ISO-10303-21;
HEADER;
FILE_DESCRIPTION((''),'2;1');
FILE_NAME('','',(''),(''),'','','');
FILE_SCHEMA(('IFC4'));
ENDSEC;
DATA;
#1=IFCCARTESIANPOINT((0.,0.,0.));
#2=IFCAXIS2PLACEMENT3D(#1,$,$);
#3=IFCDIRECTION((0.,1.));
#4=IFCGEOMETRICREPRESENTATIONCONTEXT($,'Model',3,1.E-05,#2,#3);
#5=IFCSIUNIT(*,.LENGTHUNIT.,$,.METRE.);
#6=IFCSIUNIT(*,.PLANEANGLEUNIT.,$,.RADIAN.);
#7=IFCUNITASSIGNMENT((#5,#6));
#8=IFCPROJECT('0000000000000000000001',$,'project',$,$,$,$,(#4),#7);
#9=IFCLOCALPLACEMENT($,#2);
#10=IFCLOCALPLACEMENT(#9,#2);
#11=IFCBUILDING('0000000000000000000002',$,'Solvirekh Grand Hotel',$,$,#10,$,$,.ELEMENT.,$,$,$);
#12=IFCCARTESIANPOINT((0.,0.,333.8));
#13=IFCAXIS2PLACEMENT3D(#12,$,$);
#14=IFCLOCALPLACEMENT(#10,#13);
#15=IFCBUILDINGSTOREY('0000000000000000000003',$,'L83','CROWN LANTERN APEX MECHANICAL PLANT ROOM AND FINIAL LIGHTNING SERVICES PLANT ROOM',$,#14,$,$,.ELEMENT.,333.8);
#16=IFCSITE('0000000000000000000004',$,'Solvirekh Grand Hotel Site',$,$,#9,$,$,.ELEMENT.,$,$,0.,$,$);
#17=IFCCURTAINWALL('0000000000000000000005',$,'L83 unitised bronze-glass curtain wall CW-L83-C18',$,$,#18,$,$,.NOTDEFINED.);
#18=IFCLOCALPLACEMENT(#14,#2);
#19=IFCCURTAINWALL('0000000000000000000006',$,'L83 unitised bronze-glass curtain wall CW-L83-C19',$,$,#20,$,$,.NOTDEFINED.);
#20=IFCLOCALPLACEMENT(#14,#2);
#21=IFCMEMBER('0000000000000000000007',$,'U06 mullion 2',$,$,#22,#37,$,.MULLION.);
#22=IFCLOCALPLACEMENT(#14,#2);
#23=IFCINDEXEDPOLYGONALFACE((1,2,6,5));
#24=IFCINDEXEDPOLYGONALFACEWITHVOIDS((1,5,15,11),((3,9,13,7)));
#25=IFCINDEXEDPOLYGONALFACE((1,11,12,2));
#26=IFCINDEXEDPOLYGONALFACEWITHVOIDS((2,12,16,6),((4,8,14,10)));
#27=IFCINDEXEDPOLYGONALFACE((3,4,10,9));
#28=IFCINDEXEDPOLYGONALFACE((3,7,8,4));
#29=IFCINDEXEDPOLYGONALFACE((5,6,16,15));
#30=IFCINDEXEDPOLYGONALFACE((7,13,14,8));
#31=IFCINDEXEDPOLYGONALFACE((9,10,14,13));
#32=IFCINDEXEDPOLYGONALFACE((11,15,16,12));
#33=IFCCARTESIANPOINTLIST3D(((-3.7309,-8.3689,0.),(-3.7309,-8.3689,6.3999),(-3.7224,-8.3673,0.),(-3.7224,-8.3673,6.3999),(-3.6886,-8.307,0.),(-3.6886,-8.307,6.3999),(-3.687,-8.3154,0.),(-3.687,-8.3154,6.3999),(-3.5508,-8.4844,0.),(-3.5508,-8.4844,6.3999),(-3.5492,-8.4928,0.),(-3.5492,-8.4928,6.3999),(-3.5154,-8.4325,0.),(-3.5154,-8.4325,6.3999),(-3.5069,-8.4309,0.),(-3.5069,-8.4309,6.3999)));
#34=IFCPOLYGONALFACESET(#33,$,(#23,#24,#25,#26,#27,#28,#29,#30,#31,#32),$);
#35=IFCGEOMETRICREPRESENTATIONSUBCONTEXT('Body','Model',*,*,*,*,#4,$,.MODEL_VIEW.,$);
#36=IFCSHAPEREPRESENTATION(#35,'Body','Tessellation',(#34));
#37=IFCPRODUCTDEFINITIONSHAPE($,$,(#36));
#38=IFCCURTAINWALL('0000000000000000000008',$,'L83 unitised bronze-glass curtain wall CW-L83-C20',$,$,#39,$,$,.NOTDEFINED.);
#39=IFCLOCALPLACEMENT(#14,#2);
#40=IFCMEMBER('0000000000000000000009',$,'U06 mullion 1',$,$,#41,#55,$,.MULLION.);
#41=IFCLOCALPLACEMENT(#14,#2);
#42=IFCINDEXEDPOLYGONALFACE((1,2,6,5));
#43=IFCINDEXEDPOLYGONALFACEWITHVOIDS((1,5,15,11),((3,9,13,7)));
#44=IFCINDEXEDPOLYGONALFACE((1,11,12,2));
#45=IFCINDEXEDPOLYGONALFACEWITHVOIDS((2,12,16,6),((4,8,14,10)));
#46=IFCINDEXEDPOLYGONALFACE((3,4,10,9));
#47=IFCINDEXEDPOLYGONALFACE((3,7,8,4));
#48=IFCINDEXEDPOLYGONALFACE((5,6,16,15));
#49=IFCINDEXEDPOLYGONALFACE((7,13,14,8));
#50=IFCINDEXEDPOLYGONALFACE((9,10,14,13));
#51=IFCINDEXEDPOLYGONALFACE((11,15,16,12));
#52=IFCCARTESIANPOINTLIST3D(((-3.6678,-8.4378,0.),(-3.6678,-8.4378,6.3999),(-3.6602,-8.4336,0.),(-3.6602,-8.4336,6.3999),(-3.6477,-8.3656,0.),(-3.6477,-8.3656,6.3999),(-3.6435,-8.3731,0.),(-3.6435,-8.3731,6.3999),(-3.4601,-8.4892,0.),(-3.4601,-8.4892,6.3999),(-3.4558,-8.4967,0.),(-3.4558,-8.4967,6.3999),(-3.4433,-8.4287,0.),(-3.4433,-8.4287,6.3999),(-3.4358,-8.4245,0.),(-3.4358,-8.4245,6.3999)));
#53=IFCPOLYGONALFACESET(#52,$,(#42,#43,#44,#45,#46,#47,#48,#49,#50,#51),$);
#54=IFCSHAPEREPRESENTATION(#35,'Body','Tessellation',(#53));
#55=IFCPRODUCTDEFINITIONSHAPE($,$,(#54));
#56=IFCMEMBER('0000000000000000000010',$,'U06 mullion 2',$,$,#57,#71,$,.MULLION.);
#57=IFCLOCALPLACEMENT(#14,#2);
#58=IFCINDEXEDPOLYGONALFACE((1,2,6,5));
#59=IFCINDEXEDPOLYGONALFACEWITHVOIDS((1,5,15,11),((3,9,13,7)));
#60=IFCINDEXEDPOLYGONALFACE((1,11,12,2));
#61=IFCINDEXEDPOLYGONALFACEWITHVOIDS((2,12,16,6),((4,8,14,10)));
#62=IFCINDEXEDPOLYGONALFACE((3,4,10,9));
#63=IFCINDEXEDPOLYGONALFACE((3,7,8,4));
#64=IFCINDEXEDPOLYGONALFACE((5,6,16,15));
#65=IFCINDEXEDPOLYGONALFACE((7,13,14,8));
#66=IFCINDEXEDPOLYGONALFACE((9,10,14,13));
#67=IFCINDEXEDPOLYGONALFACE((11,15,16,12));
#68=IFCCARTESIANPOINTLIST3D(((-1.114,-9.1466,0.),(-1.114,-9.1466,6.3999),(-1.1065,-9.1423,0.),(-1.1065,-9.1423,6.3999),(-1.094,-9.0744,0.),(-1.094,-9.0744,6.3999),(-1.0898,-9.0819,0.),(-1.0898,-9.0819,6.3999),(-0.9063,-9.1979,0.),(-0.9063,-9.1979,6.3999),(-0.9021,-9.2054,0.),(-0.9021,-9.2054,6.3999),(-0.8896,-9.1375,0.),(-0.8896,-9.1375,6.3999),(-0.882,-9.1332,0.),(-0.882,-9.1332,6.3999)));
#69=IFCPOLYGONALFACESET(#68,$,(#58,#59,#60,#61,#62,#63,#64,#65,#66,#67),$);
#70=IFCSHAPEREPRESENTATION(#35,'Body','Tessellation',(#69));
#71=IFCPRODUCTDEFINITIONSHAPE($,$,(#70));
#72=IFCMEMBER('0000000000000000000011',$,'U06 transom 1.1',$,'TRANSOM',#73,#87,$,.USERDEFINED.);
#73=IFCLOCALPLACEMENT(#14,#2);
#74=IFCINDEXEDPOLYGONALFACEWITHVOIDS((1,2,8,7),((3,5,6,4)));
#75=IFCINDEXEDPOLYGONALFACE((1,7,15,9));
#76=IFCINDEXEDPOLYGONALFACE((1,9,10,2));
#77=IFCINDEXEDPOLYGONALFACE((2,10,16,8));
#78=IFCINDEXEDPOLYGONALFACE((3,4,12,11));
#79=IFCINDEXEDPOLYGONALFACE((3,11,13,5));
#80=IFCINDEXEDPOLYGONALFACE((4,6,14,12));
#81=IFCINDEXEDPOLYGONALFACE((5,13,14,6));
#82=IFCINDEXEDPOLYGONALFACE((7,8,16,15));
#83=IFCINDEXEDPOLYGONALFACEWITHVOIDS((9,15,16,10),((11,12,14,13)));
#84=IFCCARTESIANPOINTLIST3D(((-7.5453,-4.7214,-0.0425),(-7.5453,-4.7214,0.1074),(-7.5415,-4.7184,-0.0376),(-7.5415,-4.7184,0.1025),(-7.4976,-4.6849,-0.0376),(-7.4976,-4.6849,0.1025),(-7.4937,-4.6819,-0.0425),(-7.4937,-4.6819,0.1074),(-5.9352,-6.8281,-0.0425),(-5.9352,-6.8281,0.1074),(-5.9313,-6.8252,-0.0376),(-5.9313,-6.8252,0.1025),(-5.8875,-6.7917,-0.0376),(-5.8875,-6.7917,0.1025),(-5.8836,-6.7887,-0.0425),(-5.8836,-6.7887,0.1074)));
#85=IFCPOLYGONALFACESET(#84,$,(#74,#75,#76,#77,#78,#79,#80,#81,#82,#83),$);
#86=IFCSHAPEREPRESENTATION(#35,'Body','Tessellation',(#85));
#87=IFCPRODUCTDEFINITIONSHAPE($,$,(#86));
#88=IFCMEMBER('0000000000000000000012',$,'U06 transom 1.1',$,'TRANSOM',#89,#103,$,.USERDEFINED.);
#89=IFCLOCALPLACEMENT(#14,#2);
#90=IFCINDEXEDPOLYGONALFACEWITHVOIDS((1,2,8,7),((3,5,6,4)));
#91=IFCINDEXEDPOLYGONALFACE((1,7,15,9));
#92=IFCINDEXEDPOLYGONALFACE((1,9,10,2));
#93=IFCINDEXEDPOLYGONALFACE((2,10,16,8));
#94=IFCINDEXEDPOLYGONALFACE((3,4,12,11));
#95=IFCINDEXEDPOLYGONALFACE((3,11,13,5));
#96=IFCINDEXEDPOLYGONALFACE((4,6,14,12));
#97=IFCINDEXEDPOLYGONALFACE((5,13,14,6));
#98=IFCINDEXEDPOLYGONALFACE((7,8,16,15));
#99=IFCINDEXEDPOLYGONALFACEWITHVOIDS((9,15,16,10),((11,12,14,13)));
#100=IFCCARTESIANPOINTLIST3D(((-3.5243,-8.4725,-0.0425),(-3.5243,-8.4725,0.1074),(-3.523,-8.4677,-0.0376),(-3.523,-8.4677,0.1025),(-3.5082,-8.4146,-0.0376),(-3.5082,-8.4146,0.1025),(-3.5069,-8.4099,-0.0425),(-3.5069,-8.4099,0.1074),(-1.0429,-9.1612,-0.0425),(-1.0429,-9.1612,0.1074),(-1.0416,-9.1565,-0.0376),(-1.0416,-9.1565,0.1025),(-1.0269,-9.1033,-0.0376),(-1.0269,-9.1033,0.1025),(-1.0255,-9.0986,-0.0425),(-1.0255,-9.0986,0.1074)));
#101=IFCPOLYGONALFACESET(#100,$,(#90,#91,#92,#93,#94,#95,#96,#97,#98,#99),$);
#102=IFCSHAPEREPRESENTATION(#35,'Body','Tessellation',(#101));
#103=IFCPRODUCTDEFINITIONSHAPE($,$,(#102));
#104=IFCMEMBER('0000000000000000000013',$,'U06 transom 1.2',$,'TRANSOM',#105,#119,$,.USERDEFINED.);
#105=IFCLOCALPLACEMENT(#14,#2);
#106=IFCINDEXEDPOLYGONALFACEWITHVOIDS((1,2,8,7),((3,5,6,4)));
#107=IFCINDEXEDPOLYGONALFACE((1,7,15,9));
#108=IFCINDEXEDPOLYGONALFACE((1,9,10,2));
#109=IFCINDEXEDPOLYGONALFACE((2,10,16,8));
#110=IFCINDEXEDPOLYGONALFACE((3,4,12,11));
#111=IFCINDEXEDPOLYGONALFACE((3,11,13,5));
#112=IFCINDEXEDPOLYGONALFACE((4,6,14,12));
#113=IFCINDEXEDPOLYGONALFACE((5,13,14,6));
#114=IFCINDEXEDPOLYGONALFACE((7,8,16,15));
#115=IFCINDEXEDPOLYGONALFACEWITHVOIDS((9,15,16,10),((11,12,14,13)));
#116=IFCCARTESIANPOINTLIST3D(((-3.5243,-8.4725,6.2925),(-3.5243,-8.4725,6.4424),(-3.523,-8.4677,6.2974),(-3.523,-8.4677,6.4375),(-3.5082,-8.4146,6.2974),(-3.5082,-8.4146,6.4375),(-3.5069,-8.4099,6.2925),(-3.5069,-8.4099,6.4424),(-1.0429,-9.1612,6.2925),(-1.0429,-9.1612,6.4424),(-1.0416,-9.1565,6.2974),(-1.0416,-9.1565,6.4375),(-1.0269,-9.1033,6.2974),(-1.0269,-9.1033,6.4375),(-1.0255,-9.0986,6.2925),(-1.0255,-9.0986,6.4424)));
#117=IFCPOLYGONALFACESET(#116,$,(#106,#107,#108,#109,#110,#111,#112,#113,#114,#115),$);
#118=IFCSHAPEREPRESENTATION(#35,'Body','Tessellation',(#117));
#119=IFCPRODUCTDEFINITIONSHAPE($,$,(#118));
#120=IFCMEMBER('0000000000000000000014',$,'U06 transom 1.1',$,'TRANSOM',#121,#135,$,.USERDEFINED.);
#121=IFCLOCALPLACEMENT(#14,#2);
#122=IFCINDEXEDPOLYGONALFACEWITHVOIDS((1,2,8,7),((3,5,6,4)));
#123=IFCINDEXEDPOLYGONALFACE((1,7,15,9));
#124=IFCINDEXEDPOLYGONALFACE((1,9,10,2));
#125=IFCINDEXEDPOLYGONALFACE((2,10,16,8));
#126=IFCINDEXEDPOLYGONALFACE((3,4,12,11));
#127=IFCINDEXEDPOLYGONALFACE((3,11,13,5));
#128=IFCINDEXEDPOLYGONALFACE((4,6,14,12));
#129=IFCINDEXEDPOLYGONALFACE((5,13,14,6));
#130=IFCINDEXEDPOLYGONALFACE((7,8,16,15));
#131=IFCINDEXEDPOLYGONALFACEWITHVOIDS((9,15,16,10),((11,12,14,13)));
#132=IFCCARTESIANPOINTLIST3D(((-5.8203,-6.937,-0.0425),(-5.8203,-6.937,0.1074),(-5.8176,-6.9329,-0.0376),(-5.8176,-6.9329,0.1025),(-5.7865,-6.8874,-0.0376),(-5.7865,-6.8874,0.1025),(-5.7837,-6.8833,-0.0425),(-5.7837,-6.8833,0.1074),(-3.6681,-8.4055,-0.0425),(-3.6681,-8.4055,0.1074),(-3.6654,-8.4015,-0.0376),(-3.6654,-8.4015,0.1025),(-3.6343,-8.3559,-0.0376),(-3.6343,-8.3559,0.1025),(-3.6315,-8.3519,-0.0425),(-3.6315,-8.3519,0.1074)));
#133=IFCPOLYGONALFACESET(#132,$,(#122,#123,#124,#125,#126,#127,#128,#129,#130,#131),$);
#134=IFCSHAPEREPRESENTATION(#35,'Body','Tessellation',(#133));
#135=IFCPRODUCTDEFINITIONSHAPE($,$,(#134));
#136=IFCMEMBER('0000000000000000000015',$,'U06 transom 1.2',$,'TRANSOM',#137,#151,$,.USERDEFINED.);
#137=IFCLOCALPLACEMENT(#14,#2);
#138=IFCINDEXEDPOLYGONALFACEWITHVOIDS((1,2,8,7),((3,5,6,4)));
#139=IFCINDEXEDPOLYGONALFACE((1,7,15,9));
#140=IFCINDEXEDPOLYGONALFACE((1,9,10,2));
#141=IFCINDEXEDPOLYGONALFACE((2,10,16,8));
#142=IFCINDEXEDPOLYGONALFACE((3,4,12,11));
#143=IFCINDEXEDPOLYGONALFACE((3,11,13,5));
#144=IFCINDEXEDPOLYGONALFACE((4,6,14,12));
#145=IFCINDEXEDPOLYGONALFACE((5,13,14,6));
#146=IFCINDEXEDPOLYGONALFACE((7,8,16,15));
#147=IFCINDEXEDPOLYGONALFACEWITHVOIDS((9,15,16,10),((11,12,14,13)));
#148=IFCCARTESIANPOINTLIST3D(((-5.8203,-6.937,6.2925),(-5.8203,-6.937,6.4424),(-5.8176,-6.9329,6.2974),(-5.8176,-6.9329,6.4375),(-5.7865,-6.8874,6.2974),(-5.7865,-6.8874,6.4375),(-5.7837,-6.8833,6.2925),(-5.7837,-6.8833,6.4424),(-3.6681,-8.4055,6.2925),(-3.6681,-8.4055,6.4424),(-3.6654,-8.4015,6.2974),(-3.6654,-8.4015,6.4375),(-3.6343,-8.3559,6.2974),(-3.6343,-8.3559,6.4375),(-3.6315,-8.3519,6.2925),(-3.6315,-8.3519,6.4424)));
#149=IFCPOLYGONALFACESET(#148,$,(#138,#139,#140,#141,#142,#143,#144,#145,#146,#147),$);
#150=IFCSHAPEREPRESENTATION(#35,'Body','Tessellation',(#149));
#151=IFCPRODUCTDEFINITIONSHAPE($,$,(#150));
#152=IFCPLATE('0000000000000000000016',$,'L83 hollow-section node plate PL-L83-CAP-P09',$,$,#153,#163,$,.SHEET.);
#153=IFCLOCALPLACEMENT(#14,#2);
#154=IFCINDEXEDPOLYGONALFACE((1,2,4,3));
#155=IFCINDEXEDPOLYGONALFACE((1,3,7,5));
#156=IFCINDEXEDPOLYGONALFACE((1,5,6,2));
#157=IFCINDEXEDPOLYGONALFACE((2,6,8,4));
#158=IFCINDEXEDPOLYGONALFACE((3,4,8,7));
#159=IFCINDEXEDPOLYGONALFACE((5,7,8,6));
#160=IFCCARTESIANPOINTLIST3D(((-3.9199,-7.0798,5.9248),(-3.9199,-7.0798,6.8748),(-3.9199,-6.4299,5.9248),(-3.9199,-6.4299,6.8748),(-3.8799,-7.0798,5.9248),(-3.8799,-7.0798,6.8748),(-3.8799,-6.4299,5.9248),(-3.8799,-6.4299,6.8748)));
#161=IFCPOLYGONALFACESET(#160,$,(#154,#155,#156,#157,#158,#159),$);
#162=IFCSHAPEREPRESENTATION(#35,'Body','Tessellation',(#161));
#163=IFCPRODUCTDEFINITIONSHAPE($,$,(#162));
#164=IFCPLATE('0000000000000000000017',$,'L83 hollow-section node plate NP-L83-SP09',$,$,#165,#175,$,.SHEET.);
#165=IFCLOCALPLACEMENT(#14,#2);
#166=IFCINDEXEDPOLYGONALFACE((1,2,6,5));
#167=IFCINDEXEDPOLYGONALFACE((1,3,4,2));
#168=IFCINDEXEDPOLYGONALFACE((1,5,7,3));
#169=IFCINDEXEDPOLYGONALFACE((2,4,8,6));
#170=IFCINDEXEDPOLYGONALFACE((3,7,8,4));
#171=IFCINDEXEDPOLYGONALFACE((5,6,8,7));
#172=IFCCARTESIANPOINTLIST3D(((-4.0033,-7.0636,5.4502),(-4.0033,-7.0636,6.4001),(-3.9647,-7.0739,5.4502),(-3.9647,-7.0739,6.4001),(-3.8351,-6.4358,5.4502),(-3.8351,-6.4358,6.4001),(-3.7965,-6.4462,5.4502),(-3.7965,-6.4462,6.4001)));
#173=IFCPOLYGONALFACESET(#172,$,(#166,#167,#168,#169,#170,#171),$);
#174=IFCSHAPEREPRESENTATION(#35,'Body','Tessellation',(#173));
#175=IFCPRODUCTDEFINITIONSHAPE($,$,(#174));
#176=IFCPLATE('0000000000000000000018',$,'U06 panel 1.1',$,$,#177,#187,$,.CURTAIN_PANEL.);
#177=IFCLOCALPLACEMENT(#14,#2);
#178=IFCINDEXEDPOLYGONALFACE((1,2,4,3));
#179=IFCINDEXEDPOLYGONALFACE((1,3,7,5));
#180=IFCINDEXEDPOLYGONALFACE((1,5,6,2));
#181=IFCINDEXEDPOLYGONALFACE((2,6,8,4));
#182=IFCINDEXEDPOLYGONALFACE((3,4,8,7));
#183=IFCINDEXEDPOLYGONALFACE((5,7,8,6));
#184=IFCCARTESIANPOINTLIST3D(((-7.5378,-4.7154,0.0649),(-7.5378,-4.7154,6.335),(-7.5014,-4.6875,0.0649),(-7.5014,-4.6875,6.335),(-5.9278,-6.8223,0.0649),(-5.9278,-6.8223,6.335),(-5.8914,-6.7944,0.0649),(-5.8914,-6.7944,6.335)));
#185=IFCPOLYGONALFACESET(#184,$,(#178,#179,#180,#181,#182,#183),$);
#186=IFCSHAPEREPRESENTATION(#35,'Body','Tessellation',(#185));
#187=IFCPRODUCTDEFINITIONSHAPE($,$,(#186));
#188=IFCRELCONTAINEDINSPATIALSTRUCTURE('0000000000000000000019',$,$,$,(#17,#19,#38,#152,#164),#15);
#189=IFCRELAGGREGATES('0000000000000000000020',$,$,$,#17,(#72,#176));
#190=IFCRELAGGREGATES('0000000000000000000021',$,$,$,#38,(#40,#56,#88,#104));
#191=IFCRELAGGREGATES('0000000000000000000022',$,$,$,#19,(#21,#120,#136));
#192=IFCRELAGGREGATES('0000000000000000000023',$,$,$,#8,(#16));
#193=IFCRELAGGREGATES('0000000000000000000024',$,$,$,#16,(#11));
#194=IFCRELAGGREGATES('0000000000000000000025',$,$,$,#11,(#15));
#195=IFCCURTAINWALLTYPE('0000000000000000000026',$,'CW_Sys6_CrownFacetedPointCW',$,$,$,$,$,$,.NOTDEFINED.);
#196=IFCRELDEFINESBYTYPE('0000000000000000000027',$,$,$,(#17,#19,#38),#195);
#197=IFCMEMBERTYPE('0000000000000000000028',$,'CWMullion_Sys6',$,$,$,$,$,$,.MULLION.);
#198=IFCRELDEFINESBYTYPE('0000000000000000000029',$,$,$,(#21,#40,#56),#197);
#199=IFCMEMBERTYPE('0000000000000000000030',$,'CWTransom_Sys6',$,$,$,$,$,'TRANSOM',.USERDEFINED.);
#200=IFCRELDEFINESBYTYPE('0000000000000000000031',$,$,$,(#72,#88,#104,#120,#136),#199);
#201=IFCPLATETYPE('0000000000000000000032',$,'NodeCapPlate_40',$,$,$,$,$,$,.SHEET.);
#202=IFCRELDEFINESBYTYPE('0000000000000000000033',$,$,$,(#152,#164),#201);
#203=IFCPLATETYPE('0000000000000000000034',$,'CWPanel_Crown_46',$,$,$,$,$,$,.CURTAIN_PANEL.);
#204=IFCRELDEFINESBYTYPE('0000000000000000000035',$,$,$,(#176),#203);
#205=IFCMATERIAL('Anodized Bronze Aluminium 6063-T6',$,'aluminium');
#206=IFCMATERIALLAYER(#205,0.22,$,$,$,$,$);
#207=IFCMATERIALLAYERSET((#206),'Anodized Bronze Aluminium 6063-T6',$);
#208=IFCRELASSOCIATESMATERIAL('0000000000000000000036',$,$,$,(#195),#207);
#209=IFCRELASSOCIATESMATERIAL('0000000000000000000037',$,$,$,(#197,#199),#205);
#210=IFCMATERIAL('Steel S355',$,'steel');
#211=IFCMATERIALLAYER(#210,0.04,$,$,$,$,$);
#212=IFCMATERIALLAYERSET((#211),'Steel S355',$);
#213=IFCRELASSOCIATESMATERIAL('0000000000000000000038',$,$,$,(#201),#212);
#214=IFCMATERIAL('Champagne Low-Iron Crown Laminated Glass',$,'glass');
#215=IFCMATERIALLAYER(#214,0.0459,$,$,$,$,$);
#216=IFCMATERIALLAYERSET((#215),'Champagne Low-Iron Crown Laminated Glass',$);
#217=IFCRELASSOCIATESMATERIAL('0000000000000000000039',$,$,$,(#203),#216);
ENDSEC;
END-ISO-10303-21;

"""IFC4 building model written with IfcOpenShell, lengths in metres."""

from ifc_helpers import new_model, si_unit, direction, frame, origin, origin_2d, place, context, subcontext, project, spatial, rectangle, hollow_rectangle, extrude, source, transform, mapped, material, layer, layer_set, material_profile, profile_set, type_object, element, aggregate, save


model = new_model("IFC4")

# Units and contexts
model_context = context("Model", 3, precision=1e-05, world=origin(), true_north=direction((0.0, 1.0)))
body_context = subcontext(model_context, "Body", "Model", "MODEL_VIEW")
ifc_project = project(units=[si_unit("LENGTHUNIT", "METRE"), si_unit("PLANEANGLEUNIT", "RADIAN")], contexts=[model_context])

# Site, building, storey
site_placement = place(None, origin())
site = spatial("IfcSite", under=ifc_project, at=site_placement, Name="Solvirekh Grand Hotel Site", CompositionType="ELEMENT", RefElevation=0.0)
building_placement = place(site_placement, origin())
building = spatial("IfcBuilding", under=site, at=building_placement, Name="Solvirekh Grand Hotel", CompositionType="ELEMENT")
storey_placement = place(building_placement, frame((0.0, 0.0, 333.8)))
storey = spatial("IfcBuildingStorey", under=building, at=storey_placement, Name="L83", Description="CROWN LANTERN APEX MECHANICAL PLANT ROOM AND FINIAL LIGHTNING SERVICES PLANT ROOM", CompositionType="ELEMENT", Elevation=333.8)

# Shared definitions
ifc_material_1 = material(Name="Steel S355", Category="steel")

# Curtain wall
ifc_material_2 = material(Name="Anodized Bronze Aluminium 6063-T6", Category="aluminium")
ifc_layer_1 = layer(ifc_material_2, 0.22)
ifc_layer_set_1 = layer_set([ifc_layer_1], Name="Anodized Bronze Aluminium 6063-T6")
curtain_wall_type = type_object("IfcCurtainWallType", Name="CW_Sys6_CrownFacetedPointCW", PredefinedType="NOTDEFINED", material=ifc_layer_set_1)
ifc_material_profile_1 = material_profile(ifc_material_2, hollow_rectangle(XDim=0.075, YDim=0.22, WallThickness=0.0061, at=origin_2d()), Name="ALU RHS 220X75X6")
ifc_profile_set_1 = profile_set([ifc_material_profile_1], Name="Anodized Bronze Aluminium 6063-T6")
member_type_1 = type_object("IfcMemberType", Name="CWMullion_Sys6", PredefinedType="MULLION", material=ifc_profile_set_1)
shared_shape_1 = source(origin(), body_context, "Body", "SweptSolid", [
    extrude(hollow_rectangle(XDim=0.075, YDim=0.22, WallThickness=0.0061, at=origin_2d()), origin(), (0.0, 0.0, 1.0), 6.3999),
])
curtain_wall_1_placement = place(storey_placement, origin())
curtain_wall_1 = element("IfcCurtainWall", 1, at=curtain_wall_1_placement, inside=storey, type_object=curtain_wall_type, Name="L83 unitised bronze-glass curtain wall CW-L83-C18", PredefinedType="NOTDEFINED")

# Curtain walls, members
curtain_wall_2_placement = place(storey_placement, origin())
curtain_wall_2 = element("IfcCurtainWall", 2, at=curtain_wall_2_placement, inside=storey, type_object=curtain_wall_type, Name="L83 unitised bronze-glass curtain wall CW-L83-C19", PredefinedType="NOTDEFINED")
member_1_placement = place(storey_placement, frame((-3.6189, -8.3999, 0.0), z_axis=(0.0, 0.0, 1.0), x_axis=(0.56363, 0.826028, 0.0)))
member_1 = element("IfcMember", 3, at=member_1_placement, type_object=member_type_1, Name="U06 mullion 2", PredefinedType="MULLION", context=body_context, shape_type="MappedRepresentation", body=[
    mapped(shared_shape_1, transform((0.0, 0.0, 0.0), x_axis=(1.0, 0.0, 0.0), y_axis=(0.0, 1.0, 0.0), z_axis=(0.0, 0.0, 1.0), scale=1.0)),
])
curtain_wall_3_placement = place(storey_placement, origin())
curtain_wall_3 = element("IfcCurtainWall", 4, at=curtain_wall_3_placement, inside=storey, type_object=curtain_wall_type, Name="L83 unitised bronze-glass curtain wall CW-L83-C20", PredefinedType="NOTDEFINED")
member_2_placement = place(storey_placement, frame((-3.5518, -8.4312, 0.0), z_axis=(0.0, 0.0, 1.0), x_axis=(0.267492, 0.96356, 0.0)))
member_2 = element("IfcMember", 5, at=member_2_placement, type_object=member_type_1, Name="U06 mullion 1", PredefinedType="MULLION", context=body_context, shape_type="MappedRepresentation", body=[
    mapped(shared_shape_1, transform((0.0, 0.0, 0.0), x_axis=(1.0, 0.0, 0.0), y_axis=(0.0, 1.0, 0.0), z_axis=(0.0, 0.0, 1.0), scale=1.0)),
])
member_3_placement = place(storey_placement, frame((-0.998, -9.1399, 0.0), z_axis=(0.0, 0.0, 1.0), x_axis=(0.267492, 0.96356, 0.0)))
member_3 = element("IfcMember", 6, at=member_3_placement, type_object=member_type_1, Name="U06 mullion 2", PredefinedType="MULLION", context=body_context, shape_type="MappedRepresentation", body=[
    mapped(shared_shape_1, transform((0.0, 0.0, 0.0), x_axis=(1.0, 0.0, 0.0), y_axis=(0.0, 1.0, 0.0), z_axis=(0.0, 0.0, 1.0), scale=1.0)),
])

# Members
ifc_material_profile_2 = material_profile(ifc_material_2, hollow_rectangle(XDim=0.0649, YDim=0.1499, WallThickness=0.0049, at=origin_2d()), Name="ALU RHS 150X65X5")
ifc_profile_set_2 = profile_set([ifc_material_profile_2], Name="Anodized Bronze Aluminium 6063-T6")
member_type_2 = type_object("IfcMemberType", Name="CWTransom_Sys6", ElementType="TRANSOM", PredefinedType="USERDEFINED", material=ifc_profile_set_2)
shared_shape_2 = source(origin(), body_context, "Body", "SweptSolid", [
    extrude(hollow_rectangle(XDim=0.0649, YDim=0.1499, WallThickness=0.0049, at=origin_2d()), origin(), (0.0, 0.0, 1.0), 2.6516),
])
member_4_placement = place(storey_placement, frame((-7.5195, -4.7017, 0.0325), z_axis=(0.607238, -0.79452, 0.0), x_axis=(0.79452, 0.607238, 0.0)))
member_4 = element("IfcMember", 7, at=member_4_placement, type_object=member_type_2, Name="U06 transom 1.1", ObjectType="TRANSOM", PredefinedType="USERDEFINED", context=body_context, shape_type="MappedRepresentation", body=[
    mapped(shared_shape_2, transform((0.0, 0.0, 0.0), x_axis=(1.0, 0.0, 0.0), y_axis=(0.0, 1.0, 0.0), z_axis=(0.0, 0.0, 1.0), scale=1.0)),
])
shared_shape_3 = source(origin(), body_context, "Body", "SweptSolid", [
    extrude(hollow_rectangle(XDim=0.0649, YDim=0.1499, WallThickness=0.0049, at=origin_2d()), origin(), (0.0, 0.0, 1.0), 2.5752),
])
member_5_placement = place(storey_placement, frame((-3.5156, -8.4412, 0.0325), z_axis=(0.963575, -0.267438, 0.0), x_axis=(0.267438, 0.963575, 0.0)))
member_5 = element("IfcMember", 8, at=member_5_placement, type_object=member_type_2, Name="U06 transom 1.1", ObjectType="TRANSOM", PredefinedType="USERDEFINED", context=body_context, shape_type="MappedRepresentation", body=[
    mapped(shared_shape_3, transform((0.0, 0.0, 0.0), x_axis=(1.0, 0.0, 0.0), y_axis=(0.0, 1.0, 0.0), z_axis=(0.0, 0.0, 1.0), scale=1.0)),
])
member_6_placement = place(storey_placement, frame((-3.5156, -8.4412, 6.3674), z_axis=(0.963575, -0.267438, 0.0), x_axis=(0.267438, 0.963575, 0.0)))
member_6 = element("IfcMember", 9, at=member_6_placement, type_object=member_type_2, Name="U06 transom 1.2", ObjectType="TRANSOM", PredefinedType="USERDEFINED", context=body_context, shape_type="MappedRepresentation", body=[
    mapped(shared_shape_3, transform((0.0, 0.0, 0.0), x_axis=(1.0, 0.0, 0.0), y_axis=(0.0, 1.0, 0.0), z_axis=(0.0, 0.0, 1.0), scale=1.0)),
])
shared_shape_4 = source(origin(), body_context, "Body", "SweptSolid", [
    extrude(hollow_rectangle(XDim=0.0649, YDim=0.1499, WallThickness=0.0049, at=origin_2d()), origin(), (0.0, 0.0, 1.0), 2.6055),
])
member_7_placement = place(storey_placement, frame((-5.802, -6.9102, 0.0325), z_axis=(0.826019, -0.563642, 0.0), x_axis=(0.563642, 0.826019, 0.0)))
member_7 = element("IfcMember", 10, at=member_7_placement, type_object=member_type_2, Name="U06 transom 1.1", ObjectType="TRANSOM", PredefinedType="USERDEFINED", context=body_context, shape_type="MappedRepresentation", body=[
    mapped(shared_shape_4, transform((0.0, 0.0, 0.0), x_axis=(1.0, 0.0, 0.0), y_axis=(0.0, 1.0, 0.0), z_axis=(0.0, 0.0, 1.0), scale=1.0)),
])
member_8_placement = place(storey_placement, frame((-5.802, -6.9102, 6.3674), z_axis=(0.826019, -0.563642, 0.0), x_axis=(0.563642, 0.826019, 0.0)))
member_8 = element("IfcMember", 11, at=member_8_placement, type_object=member_type_2, Name="U06 transom 1.2", ObjectType="TRANSOM", PredefinedType="USERDEFINED", context=body_context, shape_type="MappedRepresentation", body=[
    mapped(shared_shape_4, transform((0.0, 0.0, 0.0), x_axis=(1.0, 0.0, 0.0), y_axis=(0.0, 1.0, 0.0), z_axis=(0.0, 0.0, 1.0), scale=1.0)),
])

# Plates
ifc_layer_2 = layer(ifc_material_1, 0.04)
ifc_layer_set_2 = layer_set([ifc_layer_2], Name="Steel S355")
plate_type_1 = type_object("IfcPlateType", Name="NodeCapPlate_40", PredefinedType="SHEET", material=ifc_layer_set_2)
for number, where, z_axis, x_axis, name in (
    (12, (-3.8999, -6.7549, 5.9248), (0.0, 0.0, 1.0), (1.0, 0.0, 0.0), "L83 hollow-section node plate PL-L83-CAP-P09"),
    (13, (-3.8999, -6.7549, 5.4502), (0.0, 0.0, 1.0), (0.965926, -0.258819, 0.0), "L83 hollow-section node plate NP-L83-SP09"),
):
    element("IfcPlate", number, at=place(storey_placement, frame(where, z_axis=z_axis, x_axis=x_axis)), inside=storey, type_object=plate_type_1, Name=name, PredefinedType="SHEET", context=body_context, shape_type="SweptSolid", body=[
        extrude(rectangle(XDim=0.04, YDim=0.6499, at=origin_2d()), origin(), (0.0, 0.0, 1.0), 0.95),
    ])

# Plate
ifc_material_3 = material(Name="Champagne Low-Iron Crown Laminated Glass", Category="glass")
ifc_layer_3 = layer(ifc_material_3, 0.0459)
ifc_layer_set_3 = layer_set([ifc_layer_3], Name="Champagne Low-Iron Crown Laminated Glass")
plate_type_2 = type_object("IfcPlateType", Name="CWPanel_Crown_46", PredefinedType="CURTAIN_PANEL", material=ifc_layer_set_3)
shared_shape_5 = source(origin(), body_context, "Body", "SweptSolid", [
    extrude(rectangle(XDim=2.6516, YDim=0.0459, at=origin_2d()), origin(), (0.0, 0.0, 1.0), 6.27),
])
plate_1_placement = place(storey_placement, frame((-6.7146, -5.7549, 0.0649), z_axis=(0.0, 0.0, 1.0), x_axis=(0.607172, -0.794571, 0.0)))
plate_1 = element("IfcPlate", 14, at=plate_1_placement, type_object=plate_type_2, Name="U06 panel 1.1", PredefinedType="CURTAIN_PANEL", context=body_context, shape_type="MappedRepresentation", body=[
    mapped(shared_shape_5, transform((0.0, 0.0, 0.0), x_axis=(1.0, 0.0, 0.0), y_axis=(0.0, 1.0, 0.0), z_axis=(0.0, 0.0, 1.0), scale=1.0)),
])
aggregate(curtain_wall_1, [member_4, plate_1])
aggregate(curtain_wall_3, [member_2, member_3, member_5, member_6])
aggregate(curtain_wall_2, [member_1, member_7, member_8])

save(model, "model.ifc")
